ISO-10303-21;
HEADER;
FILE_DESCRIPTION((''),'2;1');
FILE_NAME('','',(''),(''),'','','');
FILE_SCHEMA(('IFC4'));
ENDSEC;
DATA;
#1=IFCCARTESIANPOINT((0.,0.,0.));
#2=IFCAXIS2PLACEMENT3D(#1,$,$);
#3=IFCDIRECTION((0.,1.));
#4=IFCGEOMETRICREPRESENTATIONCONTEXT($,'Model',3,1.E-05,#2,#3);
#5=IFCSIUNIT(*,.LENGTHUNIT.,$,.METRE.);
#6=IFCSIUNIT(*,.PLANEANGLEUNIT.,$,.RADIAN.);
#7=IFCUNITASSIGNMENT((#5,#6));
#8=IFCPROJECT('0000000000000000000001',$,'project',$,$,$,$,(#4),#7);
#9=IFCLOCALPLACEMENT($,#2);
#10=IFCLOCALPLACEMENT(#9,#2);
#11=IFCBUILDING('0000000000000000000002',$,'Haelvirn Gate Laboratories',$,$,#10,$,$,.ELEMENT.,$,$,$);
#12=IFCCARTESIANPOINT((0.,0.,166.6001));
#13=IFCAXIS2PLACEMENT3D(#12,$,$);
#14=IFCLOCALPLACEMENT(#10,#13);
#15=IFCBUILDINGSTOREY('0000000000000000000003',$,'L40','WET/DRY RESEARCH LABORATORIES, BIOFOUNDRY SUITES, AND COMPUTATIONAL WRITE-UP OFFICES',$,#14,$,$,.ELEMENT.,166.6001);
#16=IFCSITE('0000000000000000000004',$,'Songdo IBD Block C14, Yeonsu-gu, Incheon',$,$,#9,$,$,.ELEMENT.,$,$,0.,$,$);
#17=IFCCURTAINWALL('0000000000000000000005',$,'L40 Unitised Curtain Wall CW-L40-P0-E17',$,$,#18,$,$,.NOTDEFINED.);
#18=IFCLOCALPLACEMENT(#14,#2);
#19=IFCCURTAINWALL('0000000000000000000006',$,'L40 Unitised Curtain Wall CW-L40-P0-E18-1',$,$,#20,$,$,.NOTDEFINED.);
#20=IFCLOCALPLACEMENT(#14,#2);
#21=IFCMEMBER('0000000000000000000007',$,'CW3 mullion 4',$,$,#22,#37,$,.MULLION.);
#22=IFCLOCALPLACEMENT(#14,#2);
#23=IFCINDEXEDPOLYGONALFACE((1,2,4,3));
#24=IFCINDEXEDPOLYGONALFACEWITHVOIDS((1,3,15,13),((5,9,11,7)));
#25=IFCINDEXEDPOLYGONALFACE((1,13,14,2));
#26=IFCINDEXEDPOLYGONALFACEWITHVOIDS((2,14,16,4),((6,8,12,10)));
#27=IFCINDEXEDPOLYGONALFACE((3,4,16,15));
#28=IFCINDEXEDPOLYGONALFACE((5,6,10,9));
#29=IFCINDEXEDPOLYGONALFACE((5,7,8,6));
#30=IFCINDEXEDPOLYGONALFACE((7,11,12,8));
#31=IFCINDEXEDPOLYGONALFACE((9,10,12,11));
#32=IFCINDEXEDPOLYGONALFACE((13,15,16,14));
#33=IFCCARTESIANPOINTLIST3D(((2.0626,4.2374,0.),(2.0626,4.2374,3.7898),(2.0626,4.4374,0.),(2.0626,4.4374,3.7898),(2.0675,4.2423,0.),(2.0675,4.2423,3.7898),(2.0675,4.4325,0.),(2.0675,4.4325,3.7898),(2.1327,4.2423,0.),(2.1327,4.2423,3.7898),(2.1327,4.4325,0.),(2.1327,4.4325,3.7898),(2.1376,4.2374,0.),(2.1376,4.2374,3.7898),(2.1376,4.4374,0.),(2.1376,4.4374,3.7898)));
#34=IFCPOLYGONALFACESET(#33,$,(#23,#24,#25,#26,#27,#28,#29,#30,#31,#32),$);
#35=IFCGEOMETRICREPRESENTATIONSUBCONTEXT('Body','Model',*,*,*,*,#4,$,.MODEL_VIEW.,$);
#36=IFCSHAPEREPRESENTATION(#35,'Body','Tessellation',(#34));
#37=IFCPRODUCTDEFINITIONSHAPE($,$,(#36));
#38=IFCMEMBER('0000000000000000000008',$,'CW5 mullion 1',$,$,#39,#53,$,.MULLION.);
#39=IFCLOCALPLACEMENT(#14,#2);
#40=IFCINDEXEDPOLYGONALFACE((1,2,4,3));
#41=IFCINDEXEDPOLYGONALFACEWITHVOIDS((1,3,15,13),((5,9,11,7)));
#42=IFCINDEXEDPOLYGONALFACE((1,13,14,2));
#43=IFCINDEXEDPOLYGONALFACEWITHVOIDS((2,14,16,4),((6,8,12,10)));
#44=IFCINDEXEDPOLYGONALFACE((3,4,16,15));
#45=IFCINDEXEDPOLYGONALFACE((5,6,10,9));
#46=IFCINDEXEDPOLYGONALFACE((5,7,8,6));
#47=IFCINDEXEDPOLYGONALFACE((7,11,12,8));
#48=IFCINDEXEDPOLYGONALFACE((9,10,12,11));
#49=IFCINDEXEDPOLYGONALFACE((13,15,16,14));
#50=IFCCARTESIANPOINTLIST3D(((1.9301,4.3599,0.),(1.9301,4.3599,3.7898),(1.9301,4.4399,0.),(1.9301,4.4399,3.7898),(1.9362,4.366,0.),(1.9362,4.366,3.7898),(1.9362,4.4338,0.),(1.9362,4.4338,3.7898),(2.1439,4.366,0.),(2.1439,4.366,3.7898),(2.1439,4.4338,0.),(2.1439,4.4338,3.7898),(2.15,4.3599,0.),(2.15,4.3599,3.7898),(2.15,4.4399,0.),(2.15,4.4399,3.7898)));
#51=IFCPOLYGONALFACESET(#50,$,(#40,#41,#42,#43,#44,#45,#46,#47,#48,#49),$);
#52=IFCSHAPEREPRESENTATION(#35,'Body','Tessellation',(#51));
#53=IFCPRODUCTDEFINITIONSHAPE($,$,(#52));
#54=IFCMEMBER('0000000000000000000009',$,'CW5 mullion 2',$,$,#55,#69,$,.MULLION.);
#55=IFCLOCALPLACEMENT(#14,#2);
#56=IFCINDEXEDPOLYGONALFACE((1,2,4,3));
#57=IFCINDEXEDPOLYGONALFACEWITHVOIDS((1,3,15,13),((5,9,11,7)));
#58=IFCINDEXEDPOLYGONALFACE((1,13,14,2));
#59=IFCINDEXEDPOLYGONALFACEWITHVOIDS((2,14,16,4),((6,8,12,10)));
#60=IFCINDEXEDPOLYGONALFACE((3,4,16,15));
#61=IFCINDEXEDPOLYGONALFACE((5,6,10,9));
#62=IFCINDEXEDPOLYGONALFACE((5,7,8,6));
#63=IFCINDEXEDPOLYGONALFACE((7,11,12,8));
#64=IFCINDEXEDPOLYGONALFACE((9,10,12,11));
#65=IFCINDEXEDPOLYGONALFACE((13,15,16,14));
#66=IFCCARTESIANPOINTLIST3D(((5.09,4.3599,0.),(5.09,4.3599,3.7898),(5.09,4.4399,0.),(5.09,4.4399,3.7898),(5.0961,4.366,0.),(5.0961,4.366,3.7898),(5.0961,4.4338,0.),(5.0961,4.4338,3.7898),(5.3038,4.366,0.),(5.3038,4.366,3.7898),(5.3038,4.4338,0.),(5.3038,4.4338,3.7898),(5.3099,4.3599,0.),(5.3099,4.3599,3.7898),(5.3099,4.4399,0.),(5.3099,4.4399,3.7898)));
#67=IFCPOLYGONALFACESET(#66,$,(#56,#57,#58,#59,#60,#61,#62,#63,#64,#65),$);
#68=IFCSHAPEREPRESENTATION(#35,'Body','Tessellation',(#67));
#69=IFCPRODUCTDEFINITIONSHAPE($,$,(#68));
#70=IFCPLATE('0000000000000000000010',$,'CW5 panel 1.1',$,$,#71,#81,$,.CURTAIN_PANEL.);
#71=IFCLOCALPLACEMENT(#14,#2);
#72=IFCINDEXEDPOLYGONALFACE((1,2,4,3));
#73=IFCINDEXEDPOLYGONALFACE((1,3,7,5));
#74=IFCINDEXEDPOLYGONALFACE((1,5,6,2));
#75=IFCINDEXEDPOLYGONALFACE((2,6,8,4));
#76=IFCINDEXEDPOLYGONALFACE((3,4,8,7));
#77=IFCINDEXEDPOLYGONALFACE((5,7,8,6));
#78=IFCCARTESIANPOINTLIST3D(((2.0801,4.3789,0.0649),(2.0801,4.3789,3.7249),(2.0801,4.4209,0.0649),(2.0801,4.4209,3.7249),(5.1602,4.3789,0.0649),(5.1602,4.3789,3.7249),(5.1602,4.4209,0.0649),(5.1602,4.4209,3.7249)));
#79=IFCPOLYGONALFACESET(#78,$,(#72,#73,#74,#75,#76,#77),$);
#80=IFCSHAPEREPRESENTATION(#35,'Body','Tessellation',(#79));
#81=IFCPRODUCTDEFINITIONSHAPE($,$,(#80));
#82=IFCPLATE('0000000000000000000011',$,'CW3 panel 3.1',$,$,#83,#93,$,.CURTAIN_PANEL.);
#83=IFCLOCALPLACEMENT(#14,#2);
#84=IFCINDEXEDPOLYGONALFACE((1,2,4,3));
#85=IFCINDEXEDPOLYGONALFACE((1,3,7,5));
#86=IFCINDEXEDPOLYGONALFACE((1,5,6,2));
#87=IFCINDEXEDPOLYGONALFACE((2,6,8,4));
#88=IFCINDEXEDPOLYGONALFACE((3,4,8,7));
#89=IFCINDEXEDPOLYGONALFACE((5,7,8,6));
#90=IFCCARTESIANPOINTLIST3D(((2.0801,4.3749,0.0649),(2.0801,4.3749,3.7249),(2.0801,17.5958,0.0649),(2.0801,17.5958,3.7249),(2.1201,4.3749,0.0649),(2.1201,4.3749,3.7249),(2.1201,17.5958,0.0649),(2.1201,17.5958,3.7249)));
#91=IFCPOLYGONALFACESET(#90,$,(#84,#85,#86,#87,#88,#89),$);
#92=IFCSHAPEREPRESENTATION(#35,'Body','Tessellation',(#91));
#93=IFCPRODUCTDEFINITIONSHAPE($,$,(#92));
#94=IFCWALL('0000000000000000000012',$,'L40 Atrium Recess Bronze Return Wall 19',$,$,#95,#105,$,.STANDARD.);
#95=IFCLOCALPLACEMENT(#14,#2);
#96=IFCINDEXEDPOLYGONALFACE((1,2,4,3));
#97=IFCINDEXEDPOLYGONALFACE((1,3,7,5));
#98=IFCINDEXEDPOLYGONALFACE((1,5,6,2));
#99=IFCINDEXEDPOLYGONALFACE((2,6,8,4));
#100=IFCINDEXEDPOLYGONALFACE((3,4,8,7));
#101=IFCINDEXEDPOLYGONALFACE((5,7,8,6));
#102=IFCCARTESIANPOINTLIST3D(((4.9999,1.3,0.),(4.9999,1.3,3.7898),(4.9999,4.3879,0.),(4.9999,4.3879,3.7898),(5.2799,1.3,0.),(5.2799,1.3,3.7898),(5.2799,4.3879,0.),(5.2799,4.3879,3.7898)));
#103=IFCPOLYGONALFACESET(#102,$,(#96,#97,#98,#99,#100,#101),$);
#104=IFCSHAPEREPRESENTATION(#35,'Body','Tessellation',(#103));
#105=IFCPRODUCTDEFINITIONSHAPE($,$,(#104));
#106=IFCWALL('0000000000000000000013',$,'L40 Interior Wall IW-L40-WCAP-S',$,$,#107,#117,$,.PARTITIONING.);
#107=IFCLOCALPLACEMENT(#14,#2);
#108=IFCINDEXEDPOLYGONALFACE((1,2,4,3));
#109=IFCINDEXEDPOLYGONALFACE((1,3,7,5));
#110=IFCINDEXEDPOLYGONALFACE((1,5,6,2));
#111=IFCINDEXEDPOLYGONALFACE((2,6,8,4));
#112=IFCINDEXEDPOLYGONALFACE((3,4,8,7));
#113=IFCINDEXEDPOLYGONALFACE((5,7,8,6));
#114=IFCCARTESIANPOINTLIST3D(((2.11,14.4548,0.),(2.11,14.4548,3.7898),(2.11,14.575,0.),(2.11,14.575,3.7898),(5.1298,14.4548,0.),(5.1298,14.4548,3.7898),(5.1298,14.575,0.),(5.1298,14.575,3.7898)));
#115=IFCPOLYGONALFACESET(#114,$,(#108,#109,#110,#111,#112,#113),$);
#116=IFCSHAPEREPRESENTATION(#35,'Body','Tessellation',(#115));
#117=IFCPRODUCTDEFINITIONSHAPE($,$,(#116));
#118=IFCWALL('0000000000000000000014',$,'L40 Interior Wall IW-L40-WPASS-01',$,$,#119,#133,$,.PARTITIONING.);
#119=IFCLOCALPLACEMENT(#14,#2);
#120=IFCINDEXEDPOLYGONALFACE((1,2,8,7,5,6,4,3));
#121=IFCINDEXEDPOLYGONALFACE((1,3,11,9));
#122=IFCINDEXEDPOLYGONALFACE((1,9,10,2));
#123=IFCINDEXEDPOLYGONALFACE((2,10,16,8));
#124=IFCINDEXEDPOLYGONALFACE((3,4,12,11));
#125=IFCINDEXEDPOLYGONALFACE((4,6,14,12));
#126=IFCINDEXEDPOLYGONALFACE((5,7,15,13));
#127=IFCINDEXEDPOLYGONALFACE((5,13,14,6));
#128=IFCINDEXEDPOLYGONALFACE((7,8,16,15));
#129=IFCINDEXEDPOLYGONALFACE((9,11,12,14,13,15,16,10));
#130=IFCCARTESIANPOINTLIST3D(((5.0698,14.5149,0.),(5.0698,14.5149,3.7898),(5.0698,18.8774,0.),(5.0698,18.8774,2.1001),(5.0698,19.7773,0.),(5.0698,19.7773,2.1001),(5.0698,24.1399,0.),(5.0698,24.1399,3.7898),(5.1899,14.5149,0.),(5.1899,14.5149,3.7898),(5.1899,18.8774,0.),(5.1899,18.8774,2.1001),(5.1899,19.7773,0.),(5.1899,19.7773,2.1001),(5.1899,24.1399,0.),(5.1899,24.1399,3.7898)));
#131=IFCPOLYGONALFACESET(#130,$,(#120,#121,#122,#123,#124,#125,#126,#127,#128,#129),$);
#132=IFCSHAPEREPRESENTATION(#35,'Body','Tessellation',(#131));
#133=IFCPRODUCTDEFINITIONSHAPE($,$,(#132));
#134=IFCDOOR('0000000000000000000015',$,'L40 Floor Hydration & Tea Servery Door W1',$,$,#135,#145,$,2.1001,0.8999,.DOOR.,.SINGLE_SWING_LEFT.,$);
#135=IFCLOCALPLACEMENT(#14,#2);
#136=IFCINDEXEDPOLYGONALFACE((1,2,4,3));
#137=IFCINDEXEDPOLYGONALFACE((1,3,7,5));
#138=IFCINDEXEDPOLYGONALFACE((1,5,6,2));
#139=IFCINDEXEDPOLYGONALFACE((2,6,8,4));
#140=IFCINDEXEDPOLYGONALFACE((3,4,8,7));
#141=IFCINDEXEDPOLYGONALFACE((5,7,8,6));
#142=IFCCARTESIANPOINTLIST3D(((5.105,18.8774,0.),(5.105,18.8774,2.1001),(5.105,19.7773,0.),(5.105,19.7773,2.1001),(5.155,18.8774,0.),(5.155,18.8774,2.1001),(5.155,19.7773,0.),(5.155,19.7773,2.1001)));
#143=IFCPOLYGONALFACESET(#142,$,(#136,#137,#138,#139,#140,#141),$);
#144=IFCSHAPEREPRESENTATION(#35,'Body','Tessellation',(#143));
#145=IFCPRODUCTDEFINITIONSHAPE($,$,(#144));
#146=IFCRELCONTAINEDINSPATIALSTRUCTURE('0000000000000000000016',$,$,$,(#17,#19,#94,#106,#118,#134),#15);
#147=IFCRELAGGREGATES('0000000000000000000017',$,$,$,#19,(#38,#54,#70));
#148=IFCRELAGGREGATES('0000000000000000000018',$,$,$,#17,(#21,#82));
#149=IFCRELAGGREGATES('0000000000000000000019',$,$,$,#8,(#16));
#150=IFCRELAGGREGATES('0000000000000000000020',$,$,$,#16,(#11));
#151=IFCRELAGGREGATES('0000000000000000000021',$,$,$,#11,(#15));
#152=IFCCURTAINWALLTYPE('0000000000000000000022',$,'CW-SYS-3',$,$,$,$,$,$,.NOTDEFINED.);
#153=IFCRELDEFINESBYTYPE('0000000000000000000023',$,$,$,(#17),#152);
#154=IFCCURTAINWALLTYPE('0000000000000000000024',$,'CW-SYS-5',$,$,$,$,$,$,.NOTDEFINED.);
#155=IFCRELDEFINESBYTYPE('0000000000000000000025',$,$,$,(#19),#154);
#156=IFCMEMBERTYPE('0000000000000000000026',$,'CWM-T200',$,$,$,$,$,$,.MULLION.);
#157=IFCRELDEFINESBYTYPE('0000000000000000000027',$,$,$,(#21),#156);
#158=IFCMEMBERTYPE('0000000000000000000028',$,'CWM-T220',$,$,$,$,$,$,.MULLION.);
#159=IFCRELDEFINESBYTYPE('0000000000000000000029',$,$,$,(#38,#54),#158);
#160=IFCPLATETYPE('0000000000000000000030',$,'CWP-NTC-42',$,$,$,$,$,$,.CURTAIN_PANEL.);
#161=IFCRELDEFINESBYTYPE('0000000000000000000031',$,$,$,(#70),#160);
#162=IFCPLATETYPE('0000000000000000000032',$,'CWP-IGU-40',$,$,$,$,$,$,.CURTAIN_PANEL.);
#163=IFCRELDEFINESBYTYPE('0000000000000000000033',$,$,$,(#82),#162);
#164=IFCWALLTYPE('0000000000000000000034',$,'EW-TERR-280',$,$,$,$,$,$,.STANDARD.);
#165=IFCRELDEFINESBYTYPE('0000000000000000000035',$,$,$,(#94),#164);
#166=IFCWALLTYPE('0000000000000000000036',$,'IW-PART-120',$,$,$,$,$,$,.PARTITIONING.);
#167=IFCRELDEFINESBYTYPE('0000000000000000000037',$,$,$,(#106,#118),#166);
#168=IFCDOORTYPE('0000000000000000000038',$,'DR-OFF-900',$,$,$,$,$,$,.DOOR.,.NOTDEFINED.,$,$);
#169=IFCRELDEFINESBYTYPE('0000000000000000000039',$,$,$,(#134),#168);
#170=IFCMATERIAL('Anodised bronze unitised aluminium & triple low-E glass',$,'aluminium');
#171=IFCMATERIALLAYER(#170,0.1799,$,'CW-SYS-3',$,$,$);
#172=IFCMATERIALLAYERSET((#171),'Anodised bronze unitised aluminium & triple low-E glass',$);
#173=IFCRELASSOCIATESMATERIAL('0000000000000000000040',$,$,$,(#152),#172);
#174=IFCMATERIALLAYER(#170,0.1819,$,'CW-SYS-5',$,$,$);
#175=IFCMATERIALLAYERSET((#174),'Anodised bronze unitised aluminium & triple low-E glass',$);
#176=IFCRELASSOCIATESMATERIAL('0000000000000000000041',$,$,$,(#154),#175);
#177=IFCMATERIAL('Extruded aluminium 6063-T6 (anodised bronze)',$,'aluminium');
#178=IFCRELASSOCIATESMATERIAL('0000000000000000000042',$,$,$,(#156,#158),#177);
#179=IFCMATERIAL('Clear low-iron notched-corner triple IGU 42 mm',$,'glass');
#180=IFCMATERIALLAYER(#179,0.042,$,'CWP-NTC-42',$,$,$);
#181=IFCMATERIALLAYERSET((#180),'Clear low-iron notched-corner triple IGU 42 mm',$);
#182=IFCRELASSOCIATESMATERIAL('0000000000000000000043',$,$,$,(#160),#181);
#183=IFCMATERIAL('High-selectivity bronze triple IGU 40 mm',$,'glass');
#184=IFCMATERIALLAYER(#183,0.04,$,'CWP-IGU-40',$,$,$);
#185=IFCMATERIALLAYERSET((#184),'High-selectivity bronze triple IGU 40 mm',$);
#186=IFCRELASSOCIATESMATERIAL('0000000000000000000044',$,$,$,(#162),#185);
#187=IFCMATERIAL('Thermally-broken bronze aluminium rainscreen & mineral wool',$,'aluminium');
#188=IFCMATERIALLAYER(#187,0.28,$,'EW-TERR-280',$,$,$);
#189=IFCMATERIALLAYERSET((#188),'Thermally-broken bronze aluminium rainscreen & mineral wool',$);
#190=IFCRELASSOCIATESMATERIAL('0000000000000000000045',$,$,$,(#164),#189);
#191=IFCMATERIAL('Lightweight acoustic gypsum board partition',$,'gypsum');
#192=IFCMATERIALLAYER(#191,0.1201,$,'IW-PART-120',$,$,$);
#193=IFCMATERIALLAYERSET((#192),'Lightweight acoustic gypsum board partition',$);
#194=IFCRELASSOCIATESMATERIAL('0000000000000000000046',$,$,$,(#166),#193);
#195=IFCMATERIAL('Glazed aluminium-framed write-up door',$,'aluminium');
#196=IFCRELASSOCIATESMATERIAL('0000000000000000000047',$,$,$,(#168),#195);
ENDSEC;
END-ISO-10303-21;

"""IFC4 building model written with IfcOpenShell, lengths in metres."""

from ifc_helpers import new_model, si_unit, direction, frame, frame_2d, origin, origin_2d, place, context, subcontext, project, spatial, rectangle, hollow_rectangle, extrude, source, transform, mapped, material, layer, layer_set, material_profile, profile_set, type_object, type_shapes, element, fill, aggregate, save


model = new_model("IFC4")

# Units and contexts
model_context = context("Model", 3, precision=1e-05, world=origin(), true_north=direction((0.0, 1.0)))
body_context = subcontext(model_context, "Body", "Model", "MODEL_VIEW")
ifc_project = project(units=[si_unit("LENGTHUNIT", "METRE"), si_unit("PLANEANGLEUNIT", "RADIAN")], contexts=[model_context])

# Site, building, storey
site_placement = place(None, origin())
site = spatial("IfcSite", under=ifc_project, at=site_placement, Name="Songdo IBD Block C14, Yeonsu-gu, Incheon", CompositionType="ELEMENT", RefElevation=0.0)
building_placement = place(site_placement, origin())
building = spatial("IfcBuilding", under=site, at=building_placement, Name="Haelvirn Gate Laboratories", CompositionType="ELEMENT")
storey_placement = place(building_placement, frame((0.0, 0.0, 166.6001)))
storey = spatial("IfcBuildingStorey", under=building, at=storey_placement, Name="L40", Description="WET/DRY RESEARCH LABORATORIES, BIOFOUNDRY SUITES, AND COMPUTATIONAL WRITE-UP OFFICES", CompositionType="ELEMENT", Elevation=166.6001)

# Curtain walls
ifc_material_1 = material(Name="Anodised bronze unitised aluminium & triple low-E glass", Category="aluminium")
ifc_layer_1 = layer(ifc_material_1, 0.1799, Name="CW-SYS-3")
ifc_layer_set_1 = layer_set([ifc_layer_1], Name="Anodised bronze unitised aluminium & triple low-E glass")
curtain_wall_type_1 = type_object("IfcCurtainWallType", Name="CW-SYS-3", PredefinedType="NOTDEFINED", material=ifc_layer_set_1)
curtain_wall_1_placement = place(storey_placement, origin())
curtain_wall_1 = element("IfcCurtainWall", 1, at=curtain_wall_1_placement, inside=storey, type_object=curtain_wall_type_1, Name="L40 Unitised Curtain Wall CW-L40-P0-E17", PredefinedType="NOTDEFINED")
ifc_material_2 = material(Name="Extruded aluminium 6063-T6 (anodised bronze)", Category="aluminium")
ifc_layer_2 = layer(ifc_material_1, 0.1819, Name="CW-SYS-5")
ifc_layer_set_2 = layer_set([ifc_layer_2], Name="Anodised bronze unitised aluminium & triple low-E glass")
curtain_wall_type_2 = type_object("IfcCurtainWallType", Name="CW-SYS-5", PredefinedType="NOTDEFINED", material=ifc_layer_set_2)
curtain_wall_2_placement = place(storey_placement, origin())
curtain_wall_2 = element("IfcCurtainWall", 2, at=curtain_wall_2_placement, inside=storey, type_object=curtain_wall_type_2, Name="L40 Unitised Curtain Wall CW-L40-P0-E18-1", PredefinedType="NOTDEFINED")

# Members
ifc_material_profile_1 = material_profile(ifc_material_2, hollow_rectangle(XDim=0.075, YDim=0.2, WallThickness=0.0049, at=origin_2d()), Name="CWM-200x75x5")
ifc_profile_set_1 = profile_set([ifc_material_profile_1], Name="Extruded aluminium 6063-T6 (anodised bronze)")
member_type_1 = type_object("IfcMemberType", Name="CWM-T200", PredefinedType="MULLION", material=ifc_profile_set_1)
shared_shape_1 = source(origin(), body_context, "Body", "SweptSolid", [
    extrude(hollow_rectangle(XDim=0.075, YDim=0.2, WallThickness=0.0049, at=origin_2d()), origin(), (0.0, 0.0, 1.0), 3.7898),
])
type_shapes(member_type_1, [shared_shape_1])
member_1_placement = place(storey_placement, frame((2.1001, 4.3374, 0.0), z_axis=(0.0, 0.0, 1.0), x_axis=(1.0, 0.0, 0.0)))
member_1 = element("IfcMember", 3, at=member_1_placement, type_object=member_type_1, Name="CW3 mullion 4", PredefinedType="MULLION", context=body_context, shape_type="MappedRepresentation", body=[
    mapped(shared_shape_1, transform((0.0, 0.0, 0.0), scale=1.0)),
])
ifc_material_profile_2 = material_profile(ifc_material_2, hollow_rectangle(XDim=0.0801, YDim=0.22, WallThickness=0.0061, at=origin_2d()), Name="CWM-220x80x6")
ifc_profile_set_2 = profile_set([ifc_material_profile_2], Name="Extruded aluminium 6063-T6 (anodised bronze)")
member_type_2 = type_object("IfcMemberType", Name="CWM-T220", PredefinedType="MULLION", material=ifc_profile_set_2)
shared_shape_2 = source(origin(), body_context, "Body", "SweptSolid", [
    extrude(hollow_rectangle(XDim=0.0801, YDim=0.22, WallThickness=0.0061, at=origin_2d()), origin(), (0.0, 0.0, 1.0), 3.7898),
])
type_shapes(member_type_2, [shared_shape_2])
member_2_placement = place(storey_placement, frame((2.04, 4.3999, 0.0), z_axis=(0.0, 0.0, 1.0), x_axis=(0.0, 1.0, 0.0)))
member_2 = element("IfcMember", 4, at=member_2_placement, type_object=member_type_2, Name="CW5 mullion 1", PredefinedType="MULLION", context=body_context, shape_type="MappedRepresentation", body=[
    mapped(shared_shape_2, transform((0.0, 0.0, 0.0), scale=1.0)),
])
member_3_placement = place(storey_placement, frame((5.2, 4.3999, 0.0), z_axis=(0.0, 0.0, 1.0), x_axis=(0.0, 1.0, 0.0)))
member_3 = element("IfcMember", 5, at=member_3_placement, type_object=member_type_2, Name="CW5 mullion 2", PredefinedType="MULLION", context=body_context, shape_type="MappedRepresentation", body=[
    mapped(shared_shape_2, transform((0.0, 0.0, 0.0), scale=1.0)),
])

# Plates
ifc_material_3 = material(Name="Clear low-iron notched-corner triple IGU 42 mm", Category="glass")
ifc_layer_3 = layer(ifc_material_3, 0.042, Name="CWP-NTC-42")
ifc_layer_set_3 = layer_set([ifc_layer_3], Name="Clear low-iron notched-corner triple IGU 42 mm")
plate_type_1 = type_object("IfcPlateType", Name="CWP-NTC-42", PredefinedType="CURTAIN_PANEL", material=ifc_layer_set_3)
shared_shape_3 = source(origin(), body_context, "Body", "SweptSolid", [
    extrude(rectangle(XDim=3.0801, YDim=0.042, at=origin_2d()), origin(), (0.0, 0.0, 1.0), 3.6599),
])
type_shapes(plate_type_1, [shared_shape_3])
plate_1_placement = place(storey_placement, frame((3.6201, 4.3999, 0.0649), z_axis=(0.0, 0.0, 1.0), x_axis=(1.0, 0.0, 0.0)))
plate_1 = element("IfcPlate", 6, at=plate_1_placement, type_object=plate_type_1, Name="CW5 panel 1.1", PredefinedType="CURTAIN_PANEL", context=body_context, shape_type="MappedRepresentation", body=[
    mapped(shared_shape_3, transform((0.0, 0.0, 0.0), scale=1.0)),
])
aggregate(curtain_wall_2, [member_2, member_3, plate_1])
ifc_material_4 = material(Name="High-selectivity bronze triple IGU 40 mm", Category="glass")
ifc_layer_4 = layer(ifc_material_4, 0.04, Name="CWP-IGU-40")
ifc_layer_set_4 = layer_set([ifc_layer_4], Name="High-selectivity bronze triple IGU 40 mm")
plate_type_2 = type_object("IfcPlateType", Name="CWP-IGU-40", PredefinedType="CURTAIN_PANEL", material=ifc_layer_set_4)
shared_shape_4 = source(origin(), body_context, "Body", "SweptSolid", [
    extrude(rectangle(XDim=13.2209, YDim=0.04, at=origin_2d()), origin(), (0.0, 0.0, 1.0), 3.6599),
])
type_shapes(plate_type_2, [shared_shape_4])
plate_2_placement = place(storey_placement, frame((2.1001, 10.9854, 0.0649), z_axis=(0.0, 0.0, 1.0), x_axis=(0.0, -1.0, 0.0)))
plate_2 = element("IfcPlate", 7, at=plate_2_placement, type_object=plate_type_2, Name="CW3 panel 3.1", PredefinedType="CURTAIN_PANEL", context=body_context, shape_type="MappedRepresentation", body=[
    mapped(shared_shape_4, transform((0.0, 0.0, 0.0), scale=1.0)),
])
aggregate(curtain_wall_1, [member_1, plate_2])

# Walls
ifc_material_5 = material(Name="Thermally-broken bronze aluminium rainscreen & mineral wool", Category="aluminium")
ifc_layer_5 = layer(ifc_material_5, 0.28, Name="EW-TERR-280")
ifc_layer_set_5 = layer_set([ifc_layer_5], Name="Thermally-broken bronze aluminium rainscreen & mineral wool")
wall_type_1 = type_object("IfcWallType", Name="EW-TERR-280", PredefinedType="STANDARD", material=ifc_layer_set_5)
wall_1_placement = place(storey_placement, frame((5.1399, 4.3879, 0.0), z_axis=(0.0, 0.0, 1.0), x_axis=(0.0, -1.0, 0.0)))
element("IfcWall", 8, at=wall_1_placement, inside=storey, type_object=wall_type_1, Name="L40 Atrium Recess Bronze Return Wall 19", PredefinedType="STANDARD", context=body_context, shape_type="SweptSolid", body=[
    extrude(rectangle(XDim=3.0879, YDim=0.28, at=frame_2d((1.5439, 0.0))), origin(), (0.0, 0.0, 1.0), 3.7898),
])
ifc_material_6 = material(Name="Lightweight acoustic gypsum board partition", Category="gypsum")
ifc_layer_6 = layer(ifc_material_6, 0.1201, Name="IW-PART-120")
ifc_layer_set_6 = layer_set([ifc_layer_6], Name="Lightweight acoustic gypsum board partition")
wall_type_2 = type_object("IfcWallType", Name="IW-PART-120", PredefinedType="PARTITIONING", material=ifc_layer_set_6)
wall_2_placement = place(storey_placement, frame((2.1101, 14.5149, 0.0), z_axis=(0.0, 0.0, 1.0), x_axis=(1.0, 0.0, 0.0)))
element("IfcWall", 9, at=wall_2_placement, inside=storey, type_object=wall_type_2, Name="L40 Interior Wall IW-L40-WCAP-S", PredefinedType="PARTITIONING", context=body_context, shape_type="SweptSolid", body=[
    extrude(rectangle(XDim=3.0198, YDim=0.1201, at=frame_2d((1.5098, 0.0))), origin(), (0.0, 0.0, 1.0), 3.7898),
])

# Wall, opening, door
wall_3_placement = place(storey_placement, frame((5.1299, 14.5149, 0.0), z_axis=(0.0, 0.0, 1.0), x_axis=(0.0, 1.0, 0.0)))
wall_3 = element("IfcWall", 10, at=wall_3_placement, inside=storey, type_object=wall_type_2, Name="L40 Interior Wall IW-L40-WPASS-01", PredefinedType="PARTITIONING", context=body_context, shape_type="SweptSolid", body=[
    extrude(rectangle(XDim=9.625, YDim=0.1201, at=frame_2d((4.8125, 0.0))), origin(), (0.0, 0.0, 1.0), 3.7898),
])
opening_1_placement = place(wall_3_placement, frame((4.3625, 0.0, 0.0)))
opening_1 = element("IfcOpeningElement", 11, at=opening_1_placement, cuts=wall_3, PredefinedType="OPENING", context=body_context, shape_type="SweptSolid", body=[
    extrude(rectangle(XDim=0.8999, YDim=2.1001, at=frame_2d((0.45, 1.05))), frame((0.0, 0.0701, 0.0), z_axis=(0.0, -1.0, 0.0), x_axis=(1.0, 0.0, 0.0)), (0.0, 0.0, 1.0), 0.1401),
])
ifc_material_7 = material(Name="Glazed aluminium-framed write-up door", Category="aluminium")
door_type_1 = type_object("IfcDoorType", Name="DR-OFF-900", OperationType="NOTDEFINED", PredefinedType="DOOR", material=ifc_material_7)
shared_shape_5 = source(origin(), body_context, "Body", "SweptSolid", [
    extrude(rectangle(XDim=0.8999, YDim=2.1001, at=frame_2d((0.45, 1.05))), frame((0.0, 0.0249, 0.0), z_axis=(0.0, -1.0, 0.0), x_axis=(1.0, 0.0, 0.0)), (0.0, 0.0, 1.0), 0.05),
])
type_shapes(door_type_1, [shared_shape_5])
door_1_placement = place(opening_1_placement, origin())
door_1 = element("IfcDoor", 12, at=door_1_placement, inside=storey, type_object=door_type_1, Name="L40 Floor Hydration & Tea Servery Door W1", OperationType="SINGLE_SWING_LEFT", OverallHeight=2.1001, OverallWidth=0.8999, PredefinedType="DOOR", context=body_context, shape_type="MappedRepresentation", body=[
    mapped(shared_shape_5, transform((0.0, 0.0, 0.0), scale=1.0)),
])
fill(opening_1, door_1)

save(model, "model.ifc")
